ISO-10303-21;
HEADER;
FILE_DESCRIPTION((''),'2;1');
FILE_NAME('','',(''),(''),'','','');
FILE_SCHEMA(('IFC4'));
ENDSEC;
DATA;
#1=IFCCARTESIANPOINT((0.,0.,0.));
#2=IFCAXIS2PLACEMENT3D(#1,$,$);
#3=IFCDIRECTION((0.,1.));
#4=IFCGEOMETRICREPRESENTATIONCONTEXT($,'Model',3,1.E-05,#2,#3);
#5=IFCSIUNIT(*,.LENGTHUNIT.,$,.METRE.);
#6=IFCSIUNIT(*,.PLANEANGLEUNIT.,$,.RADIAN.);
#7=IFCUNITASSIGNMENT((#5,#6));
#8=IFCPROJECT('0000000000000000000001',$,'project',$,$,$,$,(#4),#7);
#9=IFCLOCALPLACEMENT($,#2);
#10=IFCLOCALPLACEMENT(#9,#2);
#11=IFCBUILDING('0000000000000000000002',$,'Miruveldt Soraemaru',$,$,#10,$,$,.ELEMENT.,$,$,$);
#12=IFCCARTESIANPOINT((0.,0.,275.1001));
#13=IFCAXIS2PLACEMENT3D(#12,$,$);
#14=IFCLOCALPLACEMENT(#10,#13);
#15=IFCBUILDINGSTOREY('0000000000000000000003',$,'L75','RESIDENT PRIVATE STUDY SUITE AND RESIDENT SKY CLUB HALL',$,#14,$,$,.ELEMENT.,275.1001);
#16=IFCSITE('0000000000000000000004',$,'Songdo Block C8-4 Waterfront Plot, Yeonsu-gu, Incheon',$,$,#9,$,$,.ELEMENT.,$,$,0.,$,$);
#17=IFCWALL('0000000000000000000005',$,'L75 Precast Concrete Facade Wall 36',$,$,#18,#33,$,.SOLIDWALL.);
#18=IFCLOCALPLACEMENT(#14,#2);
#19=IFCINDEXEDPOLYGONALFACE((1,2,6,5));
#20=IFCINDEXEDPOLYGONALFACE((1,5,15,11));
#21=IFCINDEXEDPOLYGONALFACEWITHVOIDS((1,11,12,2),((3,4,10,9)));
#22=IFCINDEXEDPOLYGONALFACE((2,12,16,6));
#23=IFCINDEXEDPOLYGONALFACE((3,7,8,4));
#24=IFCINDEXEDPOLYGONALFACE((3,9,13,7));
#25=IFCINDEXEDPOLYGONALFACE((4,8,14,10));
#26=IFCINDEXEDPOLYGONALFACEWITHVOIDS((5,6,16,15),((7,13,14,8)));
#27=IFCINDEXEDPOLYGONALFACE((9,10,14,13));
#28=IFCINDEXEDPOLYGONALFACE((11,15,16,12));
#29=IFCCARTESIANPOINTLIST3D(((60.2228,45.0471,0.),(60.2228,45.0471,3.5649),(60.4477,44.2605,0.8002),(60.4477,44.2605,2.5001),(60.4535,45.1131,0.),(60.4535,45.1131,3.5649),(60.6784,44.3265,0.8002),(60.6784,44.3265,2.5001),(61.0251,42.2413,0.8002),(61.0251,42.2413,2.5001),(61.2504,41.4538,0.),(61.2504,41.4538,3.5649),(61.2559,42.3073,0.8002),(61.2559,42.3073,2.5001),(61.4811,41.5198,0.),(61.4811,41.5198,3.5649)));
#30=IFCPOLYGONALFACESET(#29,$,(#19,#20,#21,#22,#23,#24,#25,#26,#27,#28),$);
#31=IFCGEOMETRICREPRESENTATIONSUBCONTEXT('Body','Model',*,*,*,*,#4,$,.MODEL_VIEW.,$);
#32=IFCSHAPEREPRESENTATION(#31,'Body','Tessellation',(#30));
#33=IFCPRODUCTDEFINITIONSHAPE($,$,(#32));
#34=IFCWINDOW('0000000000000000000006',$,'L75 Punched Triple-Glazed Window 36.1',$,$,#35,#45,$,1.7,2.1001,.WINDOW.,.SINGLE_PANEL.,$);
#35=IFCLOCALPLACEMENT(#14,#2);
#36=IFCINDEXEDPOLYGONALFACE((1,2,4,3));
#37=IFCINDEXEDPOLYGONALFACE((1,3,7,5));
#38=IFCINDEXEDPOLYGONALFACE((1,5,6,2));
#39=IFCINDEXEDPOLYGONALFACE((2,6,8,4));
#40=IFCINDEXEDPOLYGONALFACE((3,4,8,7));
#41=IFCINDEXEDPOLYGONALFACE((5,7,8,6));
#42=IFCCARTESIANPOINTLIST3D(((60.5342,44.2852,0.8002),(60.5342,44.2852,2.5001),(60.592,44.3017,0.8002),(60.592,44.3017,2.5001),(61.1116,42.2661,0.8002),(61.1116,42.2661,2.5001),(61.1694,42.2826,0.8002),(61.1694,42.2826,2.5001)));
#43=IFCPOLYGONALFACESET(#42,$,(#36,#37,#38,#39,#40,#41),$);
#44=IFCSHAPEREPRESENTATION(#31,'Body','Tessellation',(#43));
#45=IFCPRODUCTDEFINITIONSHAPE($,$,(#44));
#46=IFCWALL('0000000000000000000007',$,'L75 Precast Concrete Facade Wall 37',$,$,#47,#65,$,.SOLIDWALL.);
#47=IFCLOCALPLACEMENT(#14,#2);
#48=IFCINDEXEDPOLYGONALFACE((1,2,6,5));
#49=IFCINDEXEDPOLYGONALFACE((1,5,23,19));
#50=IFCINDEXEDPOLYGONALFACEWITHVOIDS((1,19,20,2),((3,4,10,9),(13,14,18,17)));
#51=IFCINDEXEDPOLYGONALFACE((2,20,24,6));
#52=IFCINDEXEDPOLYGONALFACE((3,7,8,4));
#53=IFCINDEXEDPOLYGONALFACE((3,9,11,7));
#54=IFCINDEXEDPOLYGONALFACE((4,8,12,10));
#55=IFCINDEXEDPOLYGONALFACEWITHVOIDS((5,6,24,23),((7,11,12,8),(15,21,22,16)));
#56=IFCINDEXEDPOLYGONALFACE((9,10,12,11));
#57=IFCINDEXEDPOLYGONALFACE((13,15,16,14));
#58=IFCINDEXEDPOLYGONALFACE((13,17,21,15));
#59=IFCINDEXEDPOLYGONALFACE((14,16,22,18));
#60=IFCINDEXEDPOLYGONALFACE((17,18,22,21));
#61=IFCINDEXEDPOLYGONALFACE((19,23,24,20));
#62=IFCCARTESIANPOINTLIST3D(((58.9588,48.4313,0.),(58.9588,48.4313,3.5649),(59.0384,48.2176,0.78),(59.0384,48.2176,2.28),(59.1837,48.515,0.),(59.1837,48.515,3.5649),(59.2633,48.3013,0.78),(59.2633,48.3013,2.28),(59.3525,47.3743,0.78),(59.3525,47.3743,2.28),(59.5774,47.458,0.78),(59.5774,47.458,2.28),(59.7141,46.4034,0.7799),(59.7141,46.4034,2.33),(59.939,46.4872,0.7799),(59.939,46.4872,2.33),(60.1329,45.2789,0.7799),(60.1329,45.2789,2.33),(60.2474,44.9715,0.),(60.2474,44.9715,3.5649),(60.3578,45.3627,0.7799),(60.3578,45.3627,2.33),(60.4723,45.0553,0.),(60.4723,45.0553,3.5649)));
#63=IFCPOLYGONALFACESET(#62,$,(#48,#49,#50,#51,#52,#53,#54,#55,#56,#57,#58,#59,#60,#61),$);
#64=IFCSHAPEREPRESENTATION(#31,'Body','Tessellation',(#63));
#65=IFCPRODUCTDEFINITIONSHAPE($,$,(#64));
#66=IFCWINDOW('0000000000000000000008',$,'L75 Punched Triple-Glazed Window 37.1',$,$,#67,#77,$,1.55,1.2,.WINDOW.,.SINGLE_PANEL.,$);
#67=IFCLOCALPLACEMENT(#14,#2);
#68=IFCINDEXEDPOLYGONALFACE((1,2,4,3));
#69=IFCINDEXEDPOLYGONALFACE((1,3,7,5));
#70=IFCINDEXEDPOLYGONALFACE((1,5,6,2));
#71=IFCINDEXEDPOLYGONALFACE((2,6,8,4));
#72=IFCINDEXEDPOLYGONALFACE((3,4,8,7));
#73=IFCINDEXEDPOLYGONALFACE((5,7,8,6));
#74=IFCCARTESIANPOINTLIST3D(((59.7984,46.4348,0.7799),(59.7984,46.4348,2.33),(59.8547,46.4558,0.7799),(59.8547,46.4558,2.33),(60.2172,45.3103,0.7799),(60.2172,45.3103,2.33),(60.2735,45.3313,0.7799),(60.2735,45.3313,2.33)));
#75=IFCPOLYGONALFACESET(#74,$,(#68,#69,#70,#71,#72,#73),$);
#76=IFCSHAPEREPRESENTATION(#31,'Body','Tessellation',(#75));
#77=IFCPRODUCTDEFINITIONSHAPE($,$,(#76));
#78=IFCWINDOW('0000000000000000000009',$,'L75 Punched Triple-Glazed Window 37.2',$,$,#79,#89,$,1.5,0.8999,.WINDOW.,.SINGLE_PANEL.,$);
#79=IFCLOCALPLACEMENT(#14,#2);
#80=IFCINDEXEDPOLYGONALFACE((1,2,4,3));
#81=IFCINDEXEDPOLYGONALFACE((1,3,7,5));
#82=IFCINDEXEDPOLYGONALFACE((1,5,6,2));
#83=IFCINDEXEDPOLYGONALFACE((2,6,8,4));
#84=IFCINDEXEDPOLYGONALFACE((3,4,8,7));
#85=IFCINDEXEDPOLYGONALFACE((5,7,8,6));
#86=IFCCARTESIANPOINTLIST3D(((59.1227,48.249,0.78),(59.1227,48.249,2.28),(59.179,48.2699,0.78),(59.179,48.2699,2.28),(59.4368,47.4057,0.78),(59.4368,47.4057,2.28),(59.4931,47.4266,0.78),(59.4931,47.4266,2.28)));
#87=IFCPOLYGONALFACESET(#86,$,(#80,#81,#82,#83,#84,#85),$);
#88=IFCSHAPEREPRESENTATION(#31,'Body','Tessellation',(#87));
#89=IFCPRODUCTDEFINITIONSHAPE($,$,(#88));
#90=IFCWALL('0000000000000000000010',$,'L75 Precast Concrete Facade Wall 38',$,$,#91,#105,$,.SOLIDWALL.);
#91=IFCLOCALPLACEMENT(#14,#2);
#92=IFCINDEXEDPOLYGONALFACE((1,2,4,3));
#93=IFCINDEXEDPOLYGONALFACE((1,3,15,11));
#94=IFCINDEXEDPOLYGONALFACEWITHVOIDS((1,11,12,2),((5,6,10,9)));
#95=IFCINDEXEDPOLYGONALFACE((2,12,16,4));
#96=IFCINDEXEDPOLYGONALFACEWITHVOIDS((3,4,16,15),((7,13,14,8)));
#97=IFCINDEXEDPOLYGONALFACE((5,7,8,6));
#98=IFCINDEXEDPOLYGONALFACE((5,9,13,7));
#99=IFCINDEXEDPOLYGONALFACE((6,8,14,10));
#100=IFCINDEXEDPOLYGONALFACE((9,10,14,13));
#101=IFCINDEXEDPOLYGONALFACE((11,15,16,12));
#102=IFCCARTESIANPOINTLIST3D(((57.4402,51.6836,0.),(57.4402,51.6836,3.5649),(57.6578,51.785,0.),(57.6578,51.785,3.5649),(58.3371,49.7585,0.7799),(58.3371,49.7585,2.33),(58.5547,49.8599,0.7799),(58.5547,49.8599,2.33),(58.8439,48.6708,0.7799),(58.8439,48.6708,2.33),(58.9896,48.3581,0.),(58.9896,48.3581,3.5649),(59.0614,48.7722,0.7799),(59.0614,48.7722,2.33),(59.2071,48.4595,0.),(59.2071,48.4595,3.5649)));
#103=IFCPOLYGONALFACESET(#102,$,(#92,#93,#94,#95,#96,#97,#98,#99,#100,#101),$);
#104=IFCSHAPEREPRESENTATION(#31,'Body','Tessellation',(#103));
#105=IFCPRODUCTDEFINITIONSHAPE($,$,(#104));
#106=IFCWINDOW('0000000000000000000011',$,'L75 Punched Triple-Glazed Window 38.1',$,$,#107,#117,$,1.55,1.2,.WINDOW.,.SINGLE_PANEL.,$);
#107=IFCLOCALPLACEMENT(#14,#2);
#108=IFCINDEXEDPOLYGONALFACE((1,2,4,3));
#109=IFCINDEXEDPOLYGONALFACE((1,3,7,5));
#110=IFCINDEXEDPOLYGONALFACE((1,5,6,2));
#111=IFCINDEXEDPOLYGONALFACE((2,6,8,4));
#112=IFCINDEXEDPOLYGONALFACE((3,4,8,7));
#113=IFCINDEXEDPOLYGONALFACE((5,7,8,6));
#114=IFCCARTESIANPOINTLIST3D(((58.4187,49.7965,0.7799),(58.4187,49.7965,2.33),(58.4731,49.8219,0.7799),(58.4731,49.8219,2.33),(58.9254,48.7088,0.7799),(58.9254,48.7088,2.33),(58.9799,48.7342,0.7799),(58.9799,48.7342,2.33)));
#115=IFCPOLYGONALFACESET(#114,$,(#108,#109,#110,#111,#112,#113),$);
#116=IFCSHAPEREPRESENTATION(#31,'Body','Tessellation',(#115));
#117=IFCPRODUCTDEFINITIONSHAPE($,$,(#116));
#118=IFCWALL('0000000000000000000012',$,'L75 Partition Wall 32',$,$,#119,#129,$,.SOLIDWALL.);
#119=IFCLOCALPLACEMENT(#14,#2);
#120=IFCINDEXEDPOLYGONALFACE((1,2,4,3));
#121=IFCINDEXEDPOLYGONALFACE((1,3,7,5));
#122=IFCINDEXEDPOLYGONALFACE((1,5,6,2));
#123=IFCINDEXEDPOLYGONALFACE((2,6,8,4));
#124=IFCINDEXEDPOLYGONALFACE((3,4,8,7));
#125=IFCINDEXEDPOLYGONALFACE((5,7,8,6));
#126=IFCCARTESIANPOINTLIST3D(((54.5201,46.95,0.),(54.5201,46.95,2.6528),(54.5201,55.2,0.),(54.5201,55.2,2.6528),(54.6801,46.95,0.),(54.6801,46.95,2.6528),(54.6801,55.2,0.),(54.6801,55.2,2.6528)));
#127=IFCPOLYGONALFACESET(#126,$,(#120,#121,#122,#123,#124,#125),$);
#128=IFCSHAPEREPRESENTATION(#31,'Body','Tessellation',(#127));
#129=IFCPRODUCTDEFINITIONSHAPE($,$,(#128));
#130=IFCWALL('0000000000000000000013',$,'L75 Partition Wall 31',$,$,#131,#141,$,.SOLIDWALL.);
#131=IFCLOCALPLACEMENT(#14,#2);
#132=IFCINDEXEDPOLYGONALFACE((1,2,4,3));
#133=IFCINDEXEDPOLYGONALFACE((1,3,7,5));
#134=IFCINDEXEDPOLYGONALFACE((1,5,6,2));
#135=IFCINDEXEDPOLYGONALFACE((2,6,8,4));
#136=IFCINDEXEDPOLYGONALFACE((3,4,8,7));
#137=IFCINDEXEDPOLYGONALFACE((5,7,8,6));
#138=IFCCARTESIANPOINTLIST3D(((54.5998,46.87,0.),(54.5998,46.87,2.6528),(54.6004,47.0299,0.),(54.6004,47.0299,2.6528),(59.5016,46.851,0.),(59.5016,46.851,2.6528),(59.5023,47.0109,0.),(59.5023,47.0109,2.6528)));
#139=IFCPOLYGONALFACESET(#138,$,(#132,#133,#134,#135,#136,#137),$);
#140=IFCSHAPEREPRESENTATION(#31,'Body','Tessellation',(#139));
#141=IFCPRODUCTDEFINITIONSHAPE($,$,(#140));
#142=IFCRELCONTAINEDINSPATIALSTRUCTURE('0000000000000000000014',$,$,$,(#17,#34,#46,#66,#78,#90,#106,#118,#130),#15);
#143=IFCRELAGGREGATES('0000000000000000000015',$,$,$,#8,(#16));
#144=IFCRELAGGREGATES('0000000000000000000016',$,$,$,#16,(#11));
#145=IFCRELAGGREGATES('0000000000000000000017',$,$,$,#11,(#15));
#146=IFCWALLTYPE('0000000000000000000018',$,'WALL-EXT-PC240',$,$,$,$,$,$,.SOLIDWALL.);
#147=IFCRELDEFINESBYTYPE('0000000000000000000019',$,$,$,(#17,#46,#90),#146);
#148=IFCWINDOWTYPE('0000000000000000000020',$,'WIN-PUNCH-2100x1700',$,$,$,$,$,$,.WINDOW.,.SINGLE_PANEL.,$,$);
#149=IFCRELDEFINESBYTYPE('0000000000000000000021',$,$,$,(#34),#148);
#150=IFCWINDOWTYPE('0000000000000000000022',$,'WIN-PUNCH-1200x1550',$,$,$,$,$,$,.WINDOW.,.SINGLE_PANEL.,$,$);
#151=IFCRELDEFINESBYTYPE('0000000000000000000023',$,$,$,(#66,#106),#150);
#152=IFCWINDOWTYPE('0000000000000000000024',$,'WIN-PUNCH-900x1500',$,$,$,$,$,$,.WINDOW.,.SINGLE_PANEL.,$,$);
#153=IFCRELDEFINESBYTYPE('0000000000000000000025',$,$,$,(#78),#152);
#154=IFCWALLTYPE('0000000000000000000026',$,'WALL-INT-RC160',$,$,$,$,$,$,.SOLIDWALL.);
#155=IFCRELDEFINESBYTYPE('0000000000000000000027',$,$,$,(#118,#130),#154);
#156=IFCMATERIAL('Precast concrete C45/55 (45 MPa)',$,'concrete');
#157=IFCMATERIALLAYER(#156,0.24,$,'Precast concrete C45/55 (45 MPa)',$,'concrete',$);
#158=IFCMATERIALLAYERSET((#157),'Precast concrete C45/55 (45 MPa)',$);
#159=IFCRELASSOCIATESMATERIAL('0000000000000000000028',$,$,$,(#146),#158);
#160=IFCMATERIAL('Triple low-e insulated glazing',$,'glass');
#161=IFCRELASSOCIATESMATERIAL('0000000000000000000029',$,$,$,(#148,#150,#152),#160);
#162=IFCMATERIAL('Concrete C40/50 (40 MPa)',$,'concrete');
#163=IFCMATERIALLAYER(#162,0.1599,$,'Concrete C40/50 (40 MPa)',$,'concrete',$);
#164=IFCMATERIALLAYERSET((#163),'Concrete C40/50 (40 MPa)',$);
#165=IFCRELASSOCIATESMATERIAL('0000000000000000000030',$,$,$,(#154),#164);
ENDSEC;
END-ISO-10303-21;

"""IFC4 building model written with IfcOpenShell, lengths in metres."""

from ifc_helpers import new_model, si_unit, direction, frame, frame_2d, origin, place, context, subcontext, project, spatial, rectangle, extrude, material, layer, layer_set, type_object, element, fill, save


model = new_model("IFC4")

# Units and contexts
model_context = context("Model", 3, precision=1e-05, world=origin(), true_north=direction((0.0, 1.0)))
body_context = subcontext(model_context, "Body", "Model", "MODEL_VIEW")
ifc_project = project(units=[si_unit("LENGTHUNIT", "METRE"), si_unit("PLANEANGLEUNIT", "RADIAN")], contexts=[model_context])

# Site, building, storey
site_placement = place(None, origin())
site = spatial("IfcSite", under=ifc_project, at=site_placement, Name="Songdo Block C8-4 Waterfront Plot, Yeonsu-gu, Incheon", CompositionType="ELEMENT", RefElevation=0.0)
building_placement = place(site_placement, origin())
building = spatial("IfcBuilding", under=site, at=building_placement, Name="Miruveldt Soraemaru", CompositionType="ELEMENT")
storey_placement = place(building_placement, frame((0.0, 0.0, 275.1001)))
storey = spatial("IfcBuildingStorey", under=building, at=storey_placement, Name="L75", Description="RESIDENT PRIVATE STUDY SUITE AND RESIDENT SKY CLUB HALL", CompositionType="ELEMENT", Elevation=275.1001)

# Wall, opening, window
ifc_material_1 = material(Name="Precast concrete C45/55 (45 MPa)", Category="concrete")
ifc_layer_1 = layer(ifc_material_1, 0.24, Name="Precast concrete C45/55 (45 MPa)", Category="concrete")
ifc_layer_set_1 = layer_set([ifc_layer_1], Name="Precast concrete C45/55 (45 MPa)")
wall_type_1 = type_object("IfcWallType", Name="WALL-EXT-PC240", PredefinedType="SOLIDWALL", material=ifc_layer_set_1)
wall_1_placement = place(storey_placement, frame((61.3657, 41.4868, 0.0), z_axis=(0.0, 0.0, 1.0), x_axis=(-0.274954, 0.961457, 0.0)))
wall_1 = element("IfcWall", 1, at=wall_1_placement, inside=storey, type_object=wall_type_1, Name="L75 Precast Concrete Facade Wall 36", PredefinedType="SOLIDWALL", context=body_context, shape_type="SweptSolid", body=[
    extrude(rectangle(XDim=3.7373, YDim=0.24, at=frame_2d((1.8687, 0.0))), origin(), (0.0, 0.0, 1.0), 3.5649),
])
opening_1_placement = place(wall_1_placement, frame((0.8191, 0.0, 0.8)))
opening_1 = element("IfcOpeningElement", 2, at=opening_1_placement, cuts=wall_1, PredefinedType="OPENING", context=body_context, shape_type="SweptSolid", body=[
    extrude(rectangle(XDim=2.1001, YDim=1.7, at=frame_2d((1.05, 0.8501))), frame((0.0, 0.1299, 0.0), z_axis=(0.0, -1.0, 0.0), x_axis=(1.0, 0.0, 0.0)), (0.0, 0.0, 1.0), 0.26),
])
ifc_material_2 = material(Name="Triple low-e insulated glazing", Category="glass")
window_type_1 = type_object("IfcWindowType", Name="WIN-PUNCH-2100x1700", PartitioningType="SINGLE_PANEL", PredefinedType="WINDOW", material=ifc_material_2)
window_1_placement = place(opening_1_placement, origin())
window_1 = element("IfcWindow", 3, at=window_1_placement, inside=storey, type_object=window_type_1, Name="L75 Punched Triple-Glazed Window 36.1", OverallHeight=1.7, OverallWidth=2.1001, PartitioningType="SINGLE_PANEL", PredefinedType="WINDOW", context=body_context, shape_type="SweptSolid", body=[
    extrude(rectangle(XDim=2.1001, YDim=1.7, at=frame_2d((1.05, 0.8501))), frame((0.0, 0.03, 0.0), z_axis=(0.0, -1.0, 0.0), x_axis=(1.0, 0.0, 0.0)), (0.0, 0.0, 1.0), 0.0601),
])
fill(opening_1, window_1)

# Wall, openings, windows
wall_2_placement = place(storey_placement, frame((60.3599, 45.0134, 0.0), z_axis=(0.0, 0.0, 1.0), x_axis=(-0.349028, 0.937112, 0.0)))
wall_2 = element("IfcWall", 4, at=wall_2_placement, inside=storey, type_object=wall_type_1, Name="L75 Precast Concrete Facade Wall 37", PredefinedType="SOLIDWALL", context=body_context, shape_type="SweptSolid", body=[
    extrude(rectangle(XDim=3.6919, YDim=0.24, at=frame_2d((1.8459, 0.0))), origin(), (0.0, 0.0, 1.0), 3.5649),
])
opening_2_placement = place(wall_2_placement, frame((0.3279, 0.0, 0.78)))
opening_2 = element("IfcOpeningElement", 5, at=opening_2_placement, cuts=wall_2, PredefinedType="OPENING", context=body_context, shape_type="SweptSolid", body=[
    extrude(rectangle(XDim=1.2, YDim=1.55, at=frame_2d((0.6001, 0.7749))), frame((0.0, 0.1299, 0.0), z_axis=(0.0, -1.0, 0.0), x_axis=(1.0, 0.0, 0.0)), (0.0, 0.0, 1.0), 0.26),
])
opening_3_placement = place(wall_2_placement, frame((2.564, 0.0, 0.78)))
opening_3 = element("IfcOpeningElement", 6, at=opening_3_placement, cuts=wall_2, PredefinedType="OPENING", context=body_context, shape_type="SweptSolid", body=[
    extrude(rectangle(XDim=0.8999, YDim=1.5, at=frame_2d((0.45, 0.75))), frame((0.0, 0.1299, 0.0), z_axis=(0.0, -1.0, 0.0), x_axis=(1.0, 0.0, 0.0)), (0.0, 0.0, 1.0), 0.26),
])
window_type_2 = type_object("IfcWindowType", Name="WIN-PUNCH-1200x1550", PartitioningType="SINGLE_PANEL", PredefinedType="WINDOW", material=ifc_material_2)
window_2_placement = place(opening_2_placement, origin())
window_2 = element("IfcWindow", 7, at=window_2_placement, inside=storey, type_object=window_type_2, Name="L75 Punched Triple-Glazed Window 37.1", OverallHeight=1.55, OverallWidth=1.2, PartitioningType="SINGLE_PANEL", PredefinedType="WINDOW", context=body_context, shape_type="SweptSolid", body=[
    extrude(rectangle(XDim=1.2, YDim=1.55, at=frame_2d((0.6001, 0.7749))), frame((0.0, 0.03, 0.0), z_axis=(0.0, -1.0, 0.0), x_axis=(1.0, 0.0, 0.0)), (0.0, 0.0, 1.0), 0.0601),
])
fill(opening_2, window_2)
window_type_3 = type_object("IfcWindowType", Name="WIN-PUNCH-900x1500", PartitioningType="SINGLE_PANEL", PredefinedType="WINDOW", material=ifc_material_2)
window_3_placement = place(opening_3_placement, origin())
window_3 = element("IfcWindow", 8, at=window_3_placement, inside=storey, type_object=window_type_3, Name="L75 Punched Triple-Glazed Window 37.2", OverallHeight=1.5, OverallWidth=0.8999, PartitioningType="SINGLE_PANEL", PredefinedType="WINDOW", context=body_context, shape_type="SweptSolid", body=[
    extrude(rectangle(XDim=0.8999, YDim=1.5, at=frame_2d((0.45, 0.75))), frame((0.0, 0.03, 0.0), z_axis=(0.0, -1.0, 0.0), x_axis=(1.0, 0.0, 0.0)), (0.0, 0.0, 1.0), 0.0601),
])
fill(opening_3, window_3)

# Wall, opening, window
wall_3_placement = place(storey_placement, frame((59.0984, 48.4087, 0.0), z_axis=(0.0, 0.0, 1.0), x_axis=(-0.422313, 0.90645, 0.0)))
wall_3 = element("IfcWall", 9, at=wall_3_placement, inside=storey, type_object=wall_type_1, Name="L75 Precast Concrete Facade Wall 38", PredefinedType="SOLIDWALL", context=body_context, shape_type="SweptSolid", body=[
    extrude(rectangle(XDim=3.6687, YDim=0.24, at=frame_2d((1.8345, 0.0))), origin(), (0.0, 0.0, 1.0), 3.5649),
])
opening_4_placement = place(wall_3_placement, frame((0.345, 0.0, 0.78)))
opening_4 = element("IfcOpeningElement", 10, at=opening_4_placement, cuts=wall_3, PredefinedType="OPENING", context=body_context, shape_type="SweptSolid", body=[
    extrude(rectangle(XDim=1.2, YDim=1.55, at=frame_2d((0.6001, 0.7749))), frame((0.0, 0.1299, 0.0), z_axis=(0.0, -1.0, 0.0), x_axis=(1.0, 0.0, 0.0)), (0.0, 0.0, 1.0), 0.26),
])
window_4_placement = place(opening_4_placement, origin())
window_4 = element("IfcWindow", 11, at=window_4_placement, inside=storey, type_object=window_type_2, Name="L75 Punched Triple-Glazed Window 38.1", OverallHeight=1.55, OverallWidth=1.2, PartitioningType="SINGLE_PANEL", PredefinedType="WINDOW", context=body_context, shape_type="SweptSolid", body=[
    extrude(rectangle(XDim=1.2, YDim=1.55, at=frame_2d((0.6001, 0.7749))), frame((0.0, 0.03, 0.0), z_axis=(0.0, -1.0, 0.0), x_axis=(1.0, 0.0, 0.0)), (0.0, 0.0, 1.0), 0.0601),
])
fill(opening_4, window_4)

# Walls
ifc_material_3 = material(Name="Concrete C40/50 (40 MPa)", Category="concrete")
ifc_layer_2 = layer(ifc_material_3, 0.1599, Name="Concrete C40/50 (40 MPa)", Category="concrete")
ifc_layer_set_2 = layer_set([ifc_layer_2], Name="Concrete C40/50 (40 MPa)")
wall_type_2 = type_object("IfcWallType", Name="WALL-INT-RC160", PredefinedType="SOLIDWALL", material=ifc_layer_set_2)
wall_4_placement = place(storey_placement, frame((54.6001, 46.95, 0.0), z_axis=(0.0, 0.0, 1.0), x_axis=(0.0, 1.0, 0.0)))
element("IfcWall", 12, at=wall_4_placement, inside=storey, type_object=wall_type_2, Name="L75 Partition Wall 32", PredefinedType="SOLIDWALL", context=body_context, shape_type="SweptSolid", body=[
    extrude(rectangle(XDim=8.25, YDim=0.1599, at=frame_2d((4.125, 0.0))), origin(), (0.0, 0.0, 1.0), 2.6528),
])
wall_5_placement = place(storey_placement, frame((59.502, 46.9309, 0.0), z_axis=(0.0, 0.0, 1.0), x_axis=(-0.999992, 0.003885, 0.0)))
element("IfcWall", 13, at=wall_5_placement, inside=storey, type_object=wall_type_2, Name="L75 Partition Wall 31", PredefinedType="SOLIDWALL", context=body_context, shape_type="SweptSolid", body=[
    extrude(rectangle(XDim=4.9019, YDim=0.1599, at=frame_2d((2.4509, 0.0))), origin(), (0.0, 0.0, 1.0), 2.6528),
])

save(model, "model.ifc")
